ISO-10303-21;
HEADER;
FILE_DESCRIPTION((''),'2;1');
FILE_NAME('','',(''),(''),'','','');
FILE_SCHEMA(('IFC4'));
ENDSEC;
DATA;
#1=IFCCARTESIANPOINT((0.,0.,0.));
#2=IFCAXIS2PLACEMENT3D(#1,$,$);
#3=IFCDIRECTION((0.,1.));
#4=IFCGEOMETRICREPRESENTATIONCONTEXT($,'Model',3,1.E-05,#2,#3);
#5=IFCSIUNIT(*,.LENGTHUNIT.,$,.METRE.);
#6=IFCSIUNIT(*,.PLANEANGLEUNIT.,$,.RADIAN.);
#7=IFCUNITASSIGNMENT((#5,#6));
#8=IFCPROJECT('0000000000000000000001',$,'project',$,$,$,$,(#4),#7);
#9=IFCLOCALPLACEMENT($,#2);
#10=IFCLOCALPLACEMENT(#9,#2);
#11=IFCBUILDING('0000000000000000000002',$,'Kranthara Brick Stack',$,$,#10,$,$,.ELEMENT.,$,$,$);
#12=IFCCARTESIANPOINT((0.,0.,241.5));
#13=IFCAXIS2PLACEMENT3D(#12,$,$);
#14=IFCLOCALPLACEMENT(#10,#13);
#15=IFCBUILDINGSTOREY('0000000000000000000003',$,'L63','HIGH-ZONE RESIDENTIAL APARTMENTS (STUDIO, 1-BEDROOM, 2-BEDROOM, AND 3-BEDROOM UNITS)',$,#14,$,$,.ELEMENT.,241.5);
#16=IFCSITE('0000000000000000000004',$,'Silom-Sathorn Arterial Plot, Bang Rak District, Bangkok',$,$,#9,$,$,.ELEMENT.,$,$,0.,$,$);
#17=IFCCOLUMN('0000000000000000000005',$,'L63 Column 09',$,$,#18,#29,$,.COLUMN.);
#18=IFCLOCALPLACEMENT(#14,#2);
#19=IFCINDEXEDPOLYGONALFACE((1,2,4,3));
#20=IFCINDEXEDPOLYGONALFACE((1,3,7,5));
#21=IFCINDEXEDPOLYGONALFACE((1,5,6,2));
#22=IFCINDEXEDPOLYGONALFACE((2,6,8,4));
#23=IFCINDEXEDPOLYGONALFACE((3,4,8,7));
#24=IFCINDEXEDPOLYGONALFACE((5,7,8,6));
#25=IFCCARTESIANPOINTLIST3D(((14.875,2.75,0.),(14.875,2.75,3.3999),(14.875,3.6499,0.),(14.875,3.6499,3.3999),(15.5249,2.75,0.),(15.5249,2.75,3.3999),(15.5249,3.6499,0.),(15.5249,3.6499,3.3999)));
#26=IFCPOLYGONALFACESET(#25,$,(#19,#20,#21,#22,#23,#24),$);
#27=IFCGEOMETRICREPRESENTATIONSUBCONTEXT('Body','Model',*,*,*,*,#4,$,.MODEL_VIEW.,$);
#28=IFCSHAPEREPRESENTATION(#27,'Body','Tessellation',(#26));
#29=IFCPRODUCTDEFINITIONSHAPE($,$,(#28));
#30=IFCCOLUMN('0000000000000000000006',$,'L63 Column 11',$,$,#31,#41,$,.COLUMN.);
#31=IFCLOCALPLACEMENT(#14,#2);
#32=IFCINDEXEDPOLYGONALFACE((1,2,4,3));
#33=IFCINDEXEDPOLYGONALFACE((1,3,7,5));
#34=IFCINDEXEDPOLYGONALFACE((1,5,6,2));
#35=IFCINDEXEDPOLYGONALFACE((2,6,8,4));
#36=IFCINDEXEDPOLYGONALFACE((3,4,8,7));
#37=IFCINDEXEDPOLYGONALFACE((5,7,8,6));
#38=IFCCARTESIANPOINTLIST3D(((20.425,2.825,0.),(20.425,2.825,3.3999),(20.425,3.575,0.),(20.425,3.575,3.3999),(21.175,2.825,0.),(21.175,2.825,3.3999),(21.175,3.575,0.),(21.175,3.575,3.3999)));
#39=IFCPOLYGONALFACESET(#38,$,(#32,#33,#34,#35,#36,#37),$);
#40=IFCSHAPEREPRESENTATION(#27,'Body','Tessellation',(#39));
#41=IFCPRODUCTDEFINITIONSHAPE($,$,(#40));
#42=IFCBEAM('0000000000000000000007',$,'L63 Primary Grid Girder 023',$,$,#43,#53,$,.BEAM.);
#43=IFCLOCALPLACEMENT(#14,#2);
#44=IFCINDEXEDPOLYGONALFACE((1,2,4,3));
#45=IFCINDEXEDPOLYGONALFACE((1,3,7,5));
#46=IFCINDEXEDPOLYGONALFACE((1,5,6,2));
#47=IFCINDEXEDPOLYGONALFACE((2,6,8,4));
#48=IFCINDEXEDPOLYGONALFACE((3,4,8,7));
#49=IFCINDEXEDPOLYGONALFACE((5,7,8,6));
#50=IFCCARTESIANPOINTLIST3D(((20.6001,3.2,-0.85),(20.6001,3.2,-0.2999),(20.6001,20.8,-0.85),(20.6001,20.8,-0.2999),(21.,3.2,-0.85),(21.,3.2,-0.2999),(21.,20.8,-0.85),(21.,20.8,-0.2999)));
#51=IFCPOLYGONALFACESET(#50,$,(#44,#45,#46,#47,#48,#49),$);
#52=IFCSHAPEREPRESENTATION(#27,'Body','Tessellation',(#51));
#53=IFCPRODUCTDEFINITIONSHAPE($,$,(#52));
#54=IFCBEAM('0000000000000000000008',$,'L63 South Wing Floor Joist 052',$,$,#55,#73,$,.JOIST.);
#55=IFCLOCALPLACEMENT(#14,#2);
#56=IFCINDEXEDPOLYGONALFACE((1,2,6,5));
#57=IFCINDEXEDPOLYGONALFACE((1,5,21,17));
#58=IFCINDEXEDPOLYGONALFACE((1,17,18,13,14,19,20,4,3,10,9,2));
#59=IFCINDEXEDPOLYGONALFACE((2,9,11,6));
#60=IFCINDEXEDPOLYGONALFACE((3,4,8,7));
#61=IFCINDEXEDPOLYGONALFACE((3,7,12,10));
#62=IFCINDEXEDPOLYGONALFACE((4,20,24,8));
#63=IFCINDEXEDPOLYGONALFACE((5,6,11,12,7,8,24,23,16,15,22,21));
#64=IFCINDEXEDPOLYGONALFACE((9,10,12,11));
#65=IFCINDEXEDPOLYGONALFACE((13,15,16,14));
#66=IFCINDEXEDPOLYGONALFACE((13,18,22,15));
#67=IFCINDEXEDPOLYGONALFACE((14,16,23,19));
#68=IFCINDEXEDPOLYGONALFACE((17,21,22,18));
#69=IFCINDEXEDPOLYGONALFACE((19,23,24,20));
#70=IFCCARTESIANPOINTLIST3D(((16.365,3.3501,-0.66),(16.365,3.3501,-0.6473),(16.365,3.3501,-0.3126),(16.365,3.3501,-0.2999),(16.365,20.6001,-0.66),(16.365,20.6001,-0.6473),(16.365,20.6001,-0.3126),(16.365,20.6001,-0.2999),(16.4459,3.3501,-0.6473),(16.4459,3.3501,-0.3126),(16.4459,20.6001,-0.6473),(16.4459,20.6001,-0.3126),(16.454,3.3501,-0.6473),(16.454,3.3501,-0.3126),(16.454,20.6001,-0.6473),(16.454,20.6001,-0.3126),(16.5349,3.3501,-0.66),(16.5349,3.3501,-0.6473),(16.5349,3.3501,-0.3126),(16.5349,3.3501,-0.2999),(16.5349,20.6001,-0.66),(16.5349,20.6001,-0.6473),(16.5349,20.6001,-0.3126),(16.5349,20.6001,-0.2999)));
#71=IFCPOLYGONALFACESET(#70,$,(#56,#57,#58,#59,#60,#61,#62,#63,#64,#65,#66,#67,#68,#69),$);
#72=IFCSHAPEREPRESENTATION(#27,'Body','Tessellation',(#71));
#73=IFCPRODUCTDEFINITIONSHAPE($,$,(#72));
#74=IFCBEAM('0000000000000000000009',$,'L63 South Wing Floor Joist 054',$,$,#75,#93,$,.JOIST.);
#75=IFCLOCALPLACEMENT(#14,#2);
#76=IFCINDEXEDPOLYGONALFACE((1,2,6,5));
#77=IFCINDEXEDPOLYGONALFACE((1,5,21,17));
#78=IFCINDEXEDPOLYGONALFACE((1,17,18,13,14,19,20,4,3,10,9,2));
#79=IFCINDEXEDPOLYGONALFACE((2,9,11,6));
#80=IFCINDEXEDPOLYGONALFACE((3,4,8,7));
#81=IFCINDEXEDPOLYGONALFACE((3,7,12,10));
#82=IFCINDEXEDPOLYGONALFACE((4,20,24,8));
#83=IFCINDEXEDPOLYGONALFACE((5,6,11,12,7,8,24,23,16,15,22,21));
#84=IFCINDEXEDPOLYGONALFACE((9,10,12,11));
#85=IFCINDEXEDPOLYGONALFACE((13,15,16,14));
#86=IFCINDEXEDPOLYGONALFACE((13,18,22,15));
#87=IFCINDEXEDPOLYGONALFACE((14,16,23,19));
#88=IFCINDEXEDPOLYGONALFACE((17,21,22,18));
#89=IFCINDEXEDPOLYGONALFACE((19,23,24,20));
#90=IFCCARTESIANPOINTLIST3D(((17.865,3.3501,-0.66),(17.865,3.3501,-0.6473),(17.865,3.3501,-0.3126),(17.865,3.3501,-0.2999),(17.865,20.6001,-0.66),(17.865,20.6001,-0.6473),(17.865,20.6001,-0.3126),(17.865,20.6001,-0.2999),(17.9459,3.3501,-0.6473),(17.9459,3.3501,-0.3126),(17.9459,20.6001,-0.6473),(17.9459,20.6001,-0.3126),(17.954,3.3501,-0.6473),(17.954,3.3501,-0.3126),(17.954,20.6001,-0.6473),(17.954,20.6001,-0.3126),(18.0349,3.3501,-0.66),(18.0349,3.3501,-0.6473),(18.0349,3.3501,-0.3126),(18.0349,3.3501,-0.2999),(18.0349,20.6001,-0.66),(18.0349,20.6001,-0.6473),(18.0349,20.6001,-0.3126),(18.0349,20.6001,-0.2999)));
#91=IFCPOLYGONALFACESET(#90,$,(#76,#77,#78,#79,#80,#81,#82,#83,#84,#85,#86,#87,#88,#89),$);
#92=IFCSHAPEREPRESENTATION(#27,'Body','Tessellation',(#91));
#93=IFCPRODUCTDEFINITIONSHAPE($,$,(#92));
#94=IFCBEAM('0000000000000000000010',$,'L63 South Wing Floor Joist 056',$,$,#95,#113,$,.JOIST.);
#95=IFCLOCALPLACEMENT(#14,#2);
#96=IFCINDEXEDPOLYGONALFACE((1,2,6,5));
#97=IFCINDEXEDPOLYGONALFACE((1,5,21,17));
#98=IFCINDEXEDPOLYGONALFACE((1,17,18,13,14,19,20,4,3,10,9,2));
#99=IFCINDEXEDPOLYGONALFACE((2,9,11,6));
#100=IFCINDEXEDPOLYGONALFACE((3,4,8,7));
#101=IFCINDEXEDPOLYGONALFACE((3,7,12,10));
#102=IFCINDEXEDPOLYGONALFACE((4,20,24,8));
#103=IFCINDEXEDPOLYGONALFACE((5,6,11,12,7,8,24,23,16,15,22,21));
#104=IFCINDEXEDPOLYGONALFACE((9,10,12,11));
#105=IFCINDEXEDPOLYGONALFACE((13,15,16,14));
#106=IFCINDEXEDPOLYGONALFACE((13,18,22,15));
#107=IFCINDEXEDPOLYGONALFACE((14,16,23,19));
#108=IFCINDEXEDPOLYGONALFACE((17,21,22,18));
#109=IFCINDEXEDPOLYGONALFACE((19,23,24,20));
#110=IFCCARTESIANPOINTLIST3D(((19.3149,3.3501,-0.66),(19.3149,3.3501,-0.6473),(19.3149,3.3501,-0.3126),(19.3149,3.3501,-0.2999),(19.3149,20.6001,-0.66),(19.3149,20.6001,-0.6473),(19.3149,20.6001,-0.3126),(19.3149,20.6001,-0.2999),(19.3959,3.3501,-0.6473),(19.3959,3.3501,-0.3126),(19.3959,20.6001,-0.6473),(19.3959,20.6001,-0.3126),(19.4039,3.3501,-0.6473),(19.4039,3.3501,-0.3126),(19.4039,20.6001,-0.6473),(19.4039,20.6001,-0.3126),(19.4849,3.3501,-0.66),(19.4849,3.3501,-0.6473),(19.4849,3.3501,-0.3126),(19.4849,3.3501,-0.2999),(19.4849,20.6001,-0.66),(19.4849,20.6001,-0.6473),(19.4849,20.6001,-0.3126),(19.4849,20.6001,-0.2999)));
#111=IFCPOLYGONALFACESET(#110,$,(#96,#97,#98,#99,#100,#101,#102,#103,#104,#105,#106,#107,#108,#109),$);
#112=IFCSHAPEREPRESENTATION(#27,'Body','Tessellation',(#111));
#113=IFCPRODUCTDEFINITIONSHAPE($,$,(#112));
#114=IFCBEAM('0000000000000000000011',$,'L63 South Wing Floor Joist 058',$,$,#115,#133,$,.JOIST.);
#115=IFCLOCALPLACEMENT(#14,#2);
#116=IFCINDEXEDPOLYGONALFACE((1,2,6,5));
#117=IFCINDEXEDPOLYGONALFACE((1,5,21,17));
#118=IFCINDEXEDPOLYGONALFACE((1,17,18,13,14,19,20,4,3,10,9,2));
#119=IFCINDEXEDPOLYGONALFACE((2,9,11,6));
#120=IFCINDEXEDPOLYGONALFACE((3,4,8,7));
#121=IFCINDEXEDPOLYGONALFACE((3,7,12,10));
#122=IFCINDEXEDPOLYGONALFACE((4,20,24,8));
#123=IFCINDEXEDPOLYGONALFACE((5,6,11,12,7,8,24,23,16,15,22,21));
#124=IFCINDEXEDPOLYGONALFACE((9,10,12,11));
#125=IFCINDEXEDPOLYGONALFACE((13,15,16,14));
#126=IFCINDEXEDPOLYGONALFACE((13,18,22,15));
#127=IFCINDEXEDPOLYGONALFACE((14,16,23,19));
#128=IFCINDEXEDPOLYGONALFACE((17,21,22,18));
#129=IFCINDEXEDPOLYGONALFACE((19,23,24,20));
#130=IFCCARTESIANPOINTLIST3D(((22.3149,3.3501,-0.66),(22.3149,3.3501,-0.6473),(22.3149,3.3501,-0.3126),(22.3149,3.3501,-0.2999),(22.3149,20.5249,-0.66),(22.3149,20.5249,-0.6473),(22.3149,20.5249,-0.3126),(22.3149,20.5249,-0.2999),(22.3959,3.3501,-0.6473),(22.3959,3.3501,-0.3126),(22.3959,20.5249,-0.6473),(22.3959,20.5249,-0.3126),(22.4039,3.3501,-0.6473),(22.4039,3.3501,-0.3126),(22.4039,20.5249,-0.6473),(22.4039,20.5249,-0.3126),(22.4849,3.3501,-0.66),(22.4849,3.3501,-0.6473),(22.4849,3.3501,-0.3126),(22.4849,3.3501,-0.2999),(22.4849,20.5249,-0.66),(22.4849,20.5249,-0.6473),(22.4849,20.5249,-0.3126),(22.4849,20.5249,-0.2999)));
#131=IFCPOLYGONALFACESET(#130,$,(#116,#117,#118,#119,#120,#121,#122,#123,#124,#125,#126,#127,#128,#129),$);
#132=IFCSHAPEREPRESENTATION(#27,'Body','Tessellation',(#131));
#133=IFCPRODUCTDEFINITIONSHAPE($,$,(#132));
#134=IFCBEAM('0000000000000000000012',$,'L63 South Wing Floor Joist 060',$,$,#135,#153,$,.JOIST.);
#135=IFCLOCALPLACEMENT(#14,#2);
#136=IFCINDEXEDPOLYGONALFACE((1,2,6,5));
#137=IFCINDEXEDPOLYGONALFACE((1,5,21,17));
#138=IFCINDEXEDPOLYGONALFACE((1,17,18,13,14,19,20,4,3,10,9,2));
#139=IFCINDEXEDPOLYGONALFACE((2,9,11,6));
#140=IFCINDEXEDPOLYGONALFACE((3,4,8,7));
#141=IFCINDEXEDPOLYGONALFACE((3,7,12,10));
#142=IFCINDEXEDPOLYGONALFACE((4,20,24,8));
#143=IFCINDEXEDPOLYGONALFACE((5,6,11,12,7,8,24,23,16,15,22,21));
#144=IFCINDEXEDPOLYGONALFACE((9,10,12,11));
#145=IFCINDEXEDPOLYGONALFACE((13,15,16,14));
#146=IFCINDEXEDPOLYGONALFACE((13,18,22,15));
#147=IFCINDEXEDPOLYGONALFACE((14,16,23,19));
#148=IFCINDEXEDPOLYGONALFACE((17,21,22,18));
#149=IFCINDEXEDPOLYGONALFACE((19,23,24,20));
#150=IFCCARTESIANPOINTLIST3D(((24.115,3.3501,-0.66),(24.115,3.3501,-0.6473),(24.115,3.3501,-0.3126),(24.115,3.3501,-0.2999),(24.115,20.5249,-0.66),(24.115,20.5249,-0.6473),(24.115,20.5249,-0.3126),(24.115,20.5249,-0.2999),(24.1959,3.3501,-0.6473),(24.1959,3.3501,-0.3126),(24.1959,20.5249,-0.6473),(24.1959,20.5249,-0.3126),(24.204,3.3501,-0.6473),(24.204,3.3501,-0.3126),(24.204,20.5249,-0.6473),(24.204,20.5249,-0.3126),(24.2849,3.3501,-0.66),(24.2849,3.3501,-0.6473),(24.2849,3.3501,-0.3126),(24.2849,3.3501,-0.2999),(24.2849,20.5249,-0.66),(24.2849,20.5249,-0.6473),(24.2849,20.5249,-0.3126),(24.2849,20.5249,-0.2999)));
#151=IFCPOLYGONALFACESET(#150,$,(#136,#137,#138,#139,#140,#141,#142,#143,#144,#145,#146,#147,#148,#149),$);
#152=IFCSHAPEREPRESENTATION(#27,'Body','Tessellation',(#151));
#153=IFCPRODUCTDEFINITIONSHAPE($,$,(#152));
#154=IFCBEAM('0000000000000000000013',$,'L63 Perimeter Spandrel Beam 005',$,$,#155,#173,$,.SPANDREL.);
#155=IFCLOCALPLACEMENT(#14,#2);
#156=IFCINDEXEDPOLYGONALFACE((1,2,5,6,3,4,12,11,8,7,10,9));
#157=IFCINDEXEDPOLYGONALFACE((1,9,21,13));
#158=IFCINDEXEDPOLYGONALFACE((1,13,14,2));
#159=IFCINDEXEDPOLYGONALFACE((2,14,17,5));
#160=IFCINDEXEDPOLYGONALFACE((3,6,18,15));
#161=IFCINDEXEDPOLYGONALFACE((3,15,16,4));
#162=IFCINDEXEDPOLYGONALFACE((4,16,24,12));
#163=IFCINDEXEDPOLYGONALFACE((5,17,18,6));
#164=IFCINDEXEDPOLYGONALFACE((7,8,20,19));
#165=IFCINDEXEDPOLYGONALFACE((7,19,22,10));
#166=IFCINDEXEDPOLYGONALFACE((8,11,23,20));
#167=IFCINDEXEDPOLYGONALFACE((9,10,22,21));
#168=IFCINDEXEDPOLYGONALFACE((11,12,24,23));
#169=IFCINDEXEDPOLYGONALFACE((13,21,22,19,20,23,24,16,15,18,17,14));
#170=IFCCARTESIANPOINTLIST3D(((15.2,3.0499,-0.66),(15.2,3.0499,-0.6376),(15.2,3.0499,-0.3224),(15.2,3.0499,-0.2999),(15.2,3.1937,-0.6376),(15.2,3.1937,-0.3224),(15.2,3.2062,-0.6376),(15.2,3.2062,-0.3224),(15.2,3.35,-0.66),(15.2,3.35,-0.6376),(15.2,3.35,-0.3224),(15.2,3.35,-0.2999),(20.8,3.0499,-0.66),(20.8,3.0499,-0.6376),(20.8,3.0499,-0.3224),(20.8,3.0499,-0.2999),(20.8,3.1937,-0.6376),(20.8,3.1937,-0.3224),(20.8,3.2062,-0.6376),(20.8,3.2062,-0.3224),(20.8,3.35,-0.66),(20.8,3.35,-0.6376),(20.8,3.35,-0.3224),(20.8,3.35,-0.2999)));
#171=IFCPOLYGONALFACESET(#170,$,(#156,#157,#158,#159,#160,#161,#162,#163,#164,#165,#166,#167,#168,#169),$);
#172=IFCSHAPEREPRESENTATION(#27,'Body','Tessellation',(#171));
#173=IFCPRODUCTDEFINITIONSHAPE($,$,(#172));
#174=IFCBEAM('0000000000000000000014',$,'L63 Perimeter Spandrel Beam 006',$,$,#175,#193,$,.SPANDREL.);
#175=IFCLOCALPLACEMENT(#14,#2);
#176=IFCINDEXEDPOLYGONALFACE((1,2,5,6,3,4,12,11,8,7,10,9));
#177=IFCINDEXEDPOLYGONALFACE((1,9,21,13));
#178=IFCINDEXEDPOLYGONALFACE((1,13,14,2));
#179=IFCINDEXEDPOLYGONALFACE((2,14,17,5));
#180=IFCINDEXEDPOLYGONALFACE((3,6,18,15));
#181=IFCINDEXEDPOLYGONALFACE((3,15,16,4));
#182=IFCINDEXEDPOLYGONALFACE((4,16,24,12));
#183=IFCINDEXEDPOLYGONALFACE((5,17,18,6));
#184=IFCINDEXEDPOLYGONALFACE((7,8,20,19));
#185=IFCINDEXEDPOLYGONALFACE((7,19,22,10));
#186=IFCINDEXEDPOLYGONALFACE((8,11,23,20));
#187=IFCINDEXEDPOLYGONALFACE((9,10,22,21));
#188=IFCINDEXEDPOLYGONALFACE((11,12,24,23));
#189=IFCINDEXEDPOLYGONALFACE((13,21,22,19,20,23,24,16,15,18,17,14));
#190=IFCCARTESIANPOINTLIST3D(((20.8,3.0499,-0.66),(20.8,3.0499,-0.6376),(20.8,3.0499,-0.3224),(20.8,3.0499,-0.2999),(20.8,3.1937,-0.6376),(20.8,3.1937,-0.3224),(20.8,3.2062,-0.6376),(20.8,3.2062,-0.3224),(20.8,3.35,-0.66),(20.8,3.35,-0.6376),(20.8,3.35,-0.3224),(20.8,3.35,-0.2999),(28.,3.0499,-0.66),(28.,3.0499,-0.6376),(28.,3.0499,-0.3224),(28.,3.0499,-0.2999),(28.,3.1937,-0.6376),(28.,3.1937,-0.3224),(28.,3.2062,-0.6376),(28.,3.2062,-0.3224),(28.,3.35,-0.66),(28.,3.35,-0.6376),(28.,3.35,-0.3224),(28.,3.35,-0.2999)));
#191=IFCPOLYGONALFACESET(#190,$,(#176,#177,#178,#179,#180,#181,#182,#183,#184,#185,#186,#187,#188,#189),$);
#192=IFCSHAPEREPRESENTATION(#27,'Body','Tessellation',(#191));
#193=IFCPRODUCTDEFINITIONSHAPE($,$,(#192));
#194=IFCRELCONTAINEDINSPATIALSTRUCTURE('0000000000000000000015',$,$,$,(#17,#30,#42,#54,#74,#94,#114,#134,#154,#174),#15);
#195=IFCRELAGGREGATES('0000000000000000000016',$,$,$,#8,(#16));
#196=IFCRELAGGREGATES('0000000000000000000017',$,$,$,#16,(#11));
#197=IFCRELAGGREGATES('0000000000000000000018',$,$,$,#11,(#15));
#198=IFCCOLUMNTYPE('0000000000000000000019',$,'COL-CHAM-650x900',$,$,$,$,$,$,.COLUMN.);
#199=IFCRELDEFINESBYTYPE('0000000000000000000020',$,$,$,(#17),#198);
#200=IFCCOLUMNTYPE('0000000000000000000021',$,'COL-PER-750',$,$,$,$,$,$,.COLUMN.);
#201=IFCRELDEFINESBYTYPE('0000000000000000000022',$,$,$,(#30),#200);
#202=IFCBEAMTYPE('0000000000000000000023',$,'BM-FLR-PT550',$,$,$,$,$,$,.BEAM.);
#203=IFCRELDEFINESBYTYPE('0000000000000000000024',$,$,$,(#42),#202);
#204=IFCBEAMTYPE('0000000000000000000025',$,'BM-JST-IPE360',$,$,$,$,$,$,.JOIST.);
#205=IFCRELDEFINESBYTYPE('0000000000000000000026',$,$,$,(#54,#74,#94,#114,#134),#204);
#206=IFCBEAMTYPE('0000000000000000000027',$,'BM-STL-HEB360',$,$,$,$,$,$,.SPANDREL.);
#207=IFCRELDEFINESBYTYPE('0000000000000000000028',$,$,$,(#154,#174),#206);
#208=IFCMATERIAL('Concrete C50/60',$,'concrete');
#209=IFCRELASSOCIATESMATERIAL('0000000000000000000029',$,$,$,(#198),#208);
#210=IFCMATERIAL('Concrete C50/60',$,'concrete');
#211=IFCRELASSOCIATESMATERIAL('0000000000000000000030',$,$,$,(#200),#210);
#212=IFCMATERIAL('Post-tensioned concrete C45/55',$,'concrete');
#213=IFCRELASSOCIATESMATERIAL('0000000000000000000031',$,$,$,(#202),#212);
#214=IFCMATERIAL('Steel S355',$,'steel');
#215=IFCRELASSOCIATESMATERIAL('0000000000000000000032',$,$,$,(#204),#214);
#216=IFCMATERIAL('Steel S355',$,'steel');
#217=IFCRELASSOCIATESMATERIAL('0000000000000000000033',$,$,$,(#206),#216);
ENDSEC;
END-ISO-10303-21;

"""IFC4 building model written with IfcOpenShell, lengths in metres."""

from ifc_helpers import new_model, si_unit, direction, frame, origin, origin_2d, place, context, subcontext, project, spatial, rectangle, i_section, extrude, material, material_profile, profile_set, type_object, element, save


model = new_model("IFC4")

# Units and contexts
model_context = context("Model", 3, precision=1e-05, world=origin(), true_north=direction((0.0, 1.0)))
body_context = subcontext(model_context, "Body", "Model", "MODEL_VIEW")
ifc_project = project(units=[si_unit("LENGTHUNIT", "METRE"), si_unit("PLANEANGLEUNIT", "RADIAN")], contexts=[model_context])

# Site, building, storey
site_placement = place(None, origin())
site = spatial("IfcSite", under=ifc_project, at=site_placement, Name="Silom-Sathorn Arterial Plot, Bang Rak District, Bangkok", CompositionType="ELEMENT", RefElevation=0.0)
building_placement = place(site_placement, origin())
building = spatial("IfcBuilding", under=site, at=building_placement, Name="Kranthara Brick Stack", CompositionType="ELEMENT")
storey_placement = place(building_placement, frame((0.0, 0.0, 241.5)))
storey = spatial("IfcBuildingStorey", under=building, at=storey_placement, Name="L63", Description="HIGH-ZONE RESIDENTIAL APARTMENTS (STUDIO, 1-BEDROOM, 2-BEDROOM, AND 3-BEDROOM UNITS)", CompositionType="ELEMENT", Elevation=241.5)

# Columns
ifc_material_1 = material(Name="Concrete C50/60", Category="concrete")
ifc_material_profile_1 = material_profile(ifc_material_1, rectangle(XDim=0.6499, YDim=0.8999, at=origin_2d()), Name="RC 650x900")
ifc_profile_set_1 = profile_set([ifc_material_profile_1], Name="Concrete C50/60")
column_type_1 = type_object("IfcColumnType", Name="COL-CHAM-650x900", PredefinedType="COLUMN", material=ifc_profile_set_1)
column_1_placement = place(storey_placement, frame((15.2, 3.2, 0.0), z_axis=(0.0, 0.0, 1.0), x_axis=(1.0, 0.0, 0.0)))
element("IfcColumn", 1, at=column_1_placement, inside=storey, type_object=column_type_1, Name="L63 Column 09", PredefinedType="COLUMN", context=body_context, shape_type="SweptSolid", body=[
    extrude(rectangle(XDim=0.6499, YDim=0.8999, at=origin_2d()), origin(), (0.0, 0.0, 1.0), 3.3999),
])
ifc_material_2 = material(Name="Concrete C50/60", Category="concrete")
ifc_material_profile_2 = material_profile(ifc_material_2, rectangle(XDim=0.75, YDim=0.75, at=origin_2d()), Name="RC 750x750")
ifc_profile_set_2 = profile_set([ifc_material_profile_2], Name="Concrete C50/60")
column_type_2 = type_object("IfcColumnType", Name="COL-PER-750", PredefinedType="COLUMN", material=ifc_profile_set_2)
column_2_placement = place(storey_placement, frame((20.8, 3.2, 0.0), z_axis=(0.0, 0.0, 1.0), x_axis=(1.0, 0.0, 0.0)))
element("IfcColumn", 2, at=column_2_placement, inside=storey, type_object=column_type_2, Name="L63 Column 11", PredefinedType="COLUMN", context=body_context, shape_type="SweptSolid", body=[
    extrude(rectangle(XDim=0.75, YDim=0.75, at=origin_2d()), origin(), (0.0, 0.0, 1.0), 3.3999),
])

# Beams
ifc_material_3 = material(Name="Post-tensioned concrete C45/55", Category="concrete")
ifc_material_profile_3 = material_profile(ifc_material_3, rectangle(XDim=0.3999, YDim=0.55, at=origin_2d()), Name="PT 400x550")
ifc_profile_set_3 = profile_set([ifc_material_profile_3], Name="Post-tensioned concrete C45/55")
beam_type_1 = type_object("IfcBeamType", Name="BM-FLR-PT550", PredefinedType="BEAM", material=ifc_profile_set_3)
beam_1_placement = place(storey_placement, frame((20.8, 3.2, -0.575), z_axis=(0.0, 1.0, 0.0), x_axis=(-1.0, 0.0, 0.0)))
element("IfcBeam", 3, at=beam_1_placement, inside=storey, type_object=beam_type_1, Name="L63 Primary Grid Girder 023", PredefinedType="BEAM", context=body_context, shape_type="SweptSolid", body=[
    extrude(rectangle(XDim=0.3999, YDim=0.55, at=origin_2d()), origin(), (0.0, 0.0, 1.0), 17.6001),
])
ifc_material_4 = material(Name="Steel S355", Category="steel")
ifc_material_profile_4 = material_profile(ifc_material_4, i_section(OverallWidth=0.1699, OverallDepth=0.3601, WebThickness=0.0081, FlangeThickness=0.0127, at=origin_2d()), Name="IPE 360")
ifc_profile_set_4 = profile_set([ifc_material_profile_4], Name="Steel S355")
beam_type_2 = type_object("IfcBeamType", Name="BM-JST-IPE360", PredefinedType="JOIST", material=ifc_profile_set_4)
for number, where, z_axis, x_axis, name in (
    (4, (16.45, 3.3501, -0.48), (0.0, 1.0, 0.0), (-1.0, 0.0, 0.0), "L63 South Wing Floor Joist 052"),
    (5, (17.95, 3.3501, -0.48), (0.0, 1.0, 0.0), (-1.0, 0.0, 0.0), "L63 South Wing Floor Joist 054"),
    (6, (19.3999, 3.3501, -0.48), (0.0, 1.0, 0.0), (-1.0, 0.0, 0.0), "L63 South Wing Floor Joist 056"),
):
    element("IfcBeam", number, at=place(storey_placement, frame(where, z_axis=z_axis, x_axis=x_axis)), inside=storey, type_object=beam_type_2, Name=name, PredefinedType="JOIST", context=body_context, shape_type="SweptSolid", body=[
        extrude(i_section(OverallWidth=0.1699, OverallDepth=0.3601, WebThickness=0.0081, FlangeThickness=0.0127, at=origin_2d()), origin(), (0.0, 0.0, 1.0), 17.25),
    ])
for number, where, z_axis, x_axis, name in (
    (7, (22.3999, 3.3501, -0.48), (0.0, 1.0, 0.0), (-1.0, 0.0, 0.0), "L63 South Wing Floor Joist 058"),
    (8, (24.2, 3.3501, -0.48), (0.0, 1.0, 0.0), (-1.0, 0.0, 0.0), "L63 South Wing Floor Joist 060"),
):
    element("IfcBeam", number, at=place(storey_placement, frame(where, z_axis=z_axis, x_axis=x_axis)), inside=storey, type_object=beam_type_2, Name=name, PredefinedType="JOIST", context=body_context, shape_type="SweptSolid", body=[
        extrude(i_section(OverallWidth=0.1699, OverallDepth=0.3601, WebThickness=0.0081, FlangeThickness=0.0127, at=origin_2d()), origin(), (0.0, 0.0, 1.0), 17.1748),
    ])
ifc_material_5 = material(Name="Steel S355", Category="steel")
ifc_material_profile_5 = material_profile(ifc_material_5, i_section(OverallWidth=0.3, OverallDepth=0.3601, WebThickness=0.0125, FlangeThickness=0.0225, at=origin_2d()), Name="HEB 360")
ifc_profile_set_5 = profile_set([ifc_material_profile_5], Name="Steel S355")
beam_type_3 = type_object("IfcBeamType", Name="BM-STL-HEB360", PredefinedType="SPANDREL", material=ifc_profile_set_5)
beam_2_placement = place(storey_placement, frame((15.2, 3.2, -0.48), z_axis=(1.0, 0.0, 0.0), x_axis=(0.0, 1.0, 0.0)))
element("IfcBeam", 9, at=beam_2_placement, inside=storey, type_object=beam_type_3, Name="L63 Perimeter Spandrel Beam 005", PredefinedType="SPANDREL", context=body_context, shape_type="SweptSolid", body=[
    extrude(i_section(OverallWidth=0.3, OverallDepth=0.3601, WebThickness=0.0125, FlangeThickness=0.0225, at=origin_2d()), origin(), (0.0, 0.0, 1.0), 5.6001),
])
beam_3_placement = place(storey_placement, frame((20.8, 3.2, -0.48), z_axis=(1.0, 0.0, 0.0), x_axis=(0.0, 1.0, 0.0)))
element("IfcBeam", 10, at=beam_3_placement, inside=storey, type_object=beam_type_3, Name="L63 Perimeter Spandrel Beam 006", PredefinedType="SPANDREL", context=body_context, shape_type="SweptSolid", body=[
    extrude(i_section(OverallWidth=0.3, OverallDepth=0.3601, WebThickness=0.0125, FlangeThickness=0.0225, at=origin_2d()), origin(), (0.0, 0.0, 1.0), 7.2),
])

save(model, "model.ifc")
